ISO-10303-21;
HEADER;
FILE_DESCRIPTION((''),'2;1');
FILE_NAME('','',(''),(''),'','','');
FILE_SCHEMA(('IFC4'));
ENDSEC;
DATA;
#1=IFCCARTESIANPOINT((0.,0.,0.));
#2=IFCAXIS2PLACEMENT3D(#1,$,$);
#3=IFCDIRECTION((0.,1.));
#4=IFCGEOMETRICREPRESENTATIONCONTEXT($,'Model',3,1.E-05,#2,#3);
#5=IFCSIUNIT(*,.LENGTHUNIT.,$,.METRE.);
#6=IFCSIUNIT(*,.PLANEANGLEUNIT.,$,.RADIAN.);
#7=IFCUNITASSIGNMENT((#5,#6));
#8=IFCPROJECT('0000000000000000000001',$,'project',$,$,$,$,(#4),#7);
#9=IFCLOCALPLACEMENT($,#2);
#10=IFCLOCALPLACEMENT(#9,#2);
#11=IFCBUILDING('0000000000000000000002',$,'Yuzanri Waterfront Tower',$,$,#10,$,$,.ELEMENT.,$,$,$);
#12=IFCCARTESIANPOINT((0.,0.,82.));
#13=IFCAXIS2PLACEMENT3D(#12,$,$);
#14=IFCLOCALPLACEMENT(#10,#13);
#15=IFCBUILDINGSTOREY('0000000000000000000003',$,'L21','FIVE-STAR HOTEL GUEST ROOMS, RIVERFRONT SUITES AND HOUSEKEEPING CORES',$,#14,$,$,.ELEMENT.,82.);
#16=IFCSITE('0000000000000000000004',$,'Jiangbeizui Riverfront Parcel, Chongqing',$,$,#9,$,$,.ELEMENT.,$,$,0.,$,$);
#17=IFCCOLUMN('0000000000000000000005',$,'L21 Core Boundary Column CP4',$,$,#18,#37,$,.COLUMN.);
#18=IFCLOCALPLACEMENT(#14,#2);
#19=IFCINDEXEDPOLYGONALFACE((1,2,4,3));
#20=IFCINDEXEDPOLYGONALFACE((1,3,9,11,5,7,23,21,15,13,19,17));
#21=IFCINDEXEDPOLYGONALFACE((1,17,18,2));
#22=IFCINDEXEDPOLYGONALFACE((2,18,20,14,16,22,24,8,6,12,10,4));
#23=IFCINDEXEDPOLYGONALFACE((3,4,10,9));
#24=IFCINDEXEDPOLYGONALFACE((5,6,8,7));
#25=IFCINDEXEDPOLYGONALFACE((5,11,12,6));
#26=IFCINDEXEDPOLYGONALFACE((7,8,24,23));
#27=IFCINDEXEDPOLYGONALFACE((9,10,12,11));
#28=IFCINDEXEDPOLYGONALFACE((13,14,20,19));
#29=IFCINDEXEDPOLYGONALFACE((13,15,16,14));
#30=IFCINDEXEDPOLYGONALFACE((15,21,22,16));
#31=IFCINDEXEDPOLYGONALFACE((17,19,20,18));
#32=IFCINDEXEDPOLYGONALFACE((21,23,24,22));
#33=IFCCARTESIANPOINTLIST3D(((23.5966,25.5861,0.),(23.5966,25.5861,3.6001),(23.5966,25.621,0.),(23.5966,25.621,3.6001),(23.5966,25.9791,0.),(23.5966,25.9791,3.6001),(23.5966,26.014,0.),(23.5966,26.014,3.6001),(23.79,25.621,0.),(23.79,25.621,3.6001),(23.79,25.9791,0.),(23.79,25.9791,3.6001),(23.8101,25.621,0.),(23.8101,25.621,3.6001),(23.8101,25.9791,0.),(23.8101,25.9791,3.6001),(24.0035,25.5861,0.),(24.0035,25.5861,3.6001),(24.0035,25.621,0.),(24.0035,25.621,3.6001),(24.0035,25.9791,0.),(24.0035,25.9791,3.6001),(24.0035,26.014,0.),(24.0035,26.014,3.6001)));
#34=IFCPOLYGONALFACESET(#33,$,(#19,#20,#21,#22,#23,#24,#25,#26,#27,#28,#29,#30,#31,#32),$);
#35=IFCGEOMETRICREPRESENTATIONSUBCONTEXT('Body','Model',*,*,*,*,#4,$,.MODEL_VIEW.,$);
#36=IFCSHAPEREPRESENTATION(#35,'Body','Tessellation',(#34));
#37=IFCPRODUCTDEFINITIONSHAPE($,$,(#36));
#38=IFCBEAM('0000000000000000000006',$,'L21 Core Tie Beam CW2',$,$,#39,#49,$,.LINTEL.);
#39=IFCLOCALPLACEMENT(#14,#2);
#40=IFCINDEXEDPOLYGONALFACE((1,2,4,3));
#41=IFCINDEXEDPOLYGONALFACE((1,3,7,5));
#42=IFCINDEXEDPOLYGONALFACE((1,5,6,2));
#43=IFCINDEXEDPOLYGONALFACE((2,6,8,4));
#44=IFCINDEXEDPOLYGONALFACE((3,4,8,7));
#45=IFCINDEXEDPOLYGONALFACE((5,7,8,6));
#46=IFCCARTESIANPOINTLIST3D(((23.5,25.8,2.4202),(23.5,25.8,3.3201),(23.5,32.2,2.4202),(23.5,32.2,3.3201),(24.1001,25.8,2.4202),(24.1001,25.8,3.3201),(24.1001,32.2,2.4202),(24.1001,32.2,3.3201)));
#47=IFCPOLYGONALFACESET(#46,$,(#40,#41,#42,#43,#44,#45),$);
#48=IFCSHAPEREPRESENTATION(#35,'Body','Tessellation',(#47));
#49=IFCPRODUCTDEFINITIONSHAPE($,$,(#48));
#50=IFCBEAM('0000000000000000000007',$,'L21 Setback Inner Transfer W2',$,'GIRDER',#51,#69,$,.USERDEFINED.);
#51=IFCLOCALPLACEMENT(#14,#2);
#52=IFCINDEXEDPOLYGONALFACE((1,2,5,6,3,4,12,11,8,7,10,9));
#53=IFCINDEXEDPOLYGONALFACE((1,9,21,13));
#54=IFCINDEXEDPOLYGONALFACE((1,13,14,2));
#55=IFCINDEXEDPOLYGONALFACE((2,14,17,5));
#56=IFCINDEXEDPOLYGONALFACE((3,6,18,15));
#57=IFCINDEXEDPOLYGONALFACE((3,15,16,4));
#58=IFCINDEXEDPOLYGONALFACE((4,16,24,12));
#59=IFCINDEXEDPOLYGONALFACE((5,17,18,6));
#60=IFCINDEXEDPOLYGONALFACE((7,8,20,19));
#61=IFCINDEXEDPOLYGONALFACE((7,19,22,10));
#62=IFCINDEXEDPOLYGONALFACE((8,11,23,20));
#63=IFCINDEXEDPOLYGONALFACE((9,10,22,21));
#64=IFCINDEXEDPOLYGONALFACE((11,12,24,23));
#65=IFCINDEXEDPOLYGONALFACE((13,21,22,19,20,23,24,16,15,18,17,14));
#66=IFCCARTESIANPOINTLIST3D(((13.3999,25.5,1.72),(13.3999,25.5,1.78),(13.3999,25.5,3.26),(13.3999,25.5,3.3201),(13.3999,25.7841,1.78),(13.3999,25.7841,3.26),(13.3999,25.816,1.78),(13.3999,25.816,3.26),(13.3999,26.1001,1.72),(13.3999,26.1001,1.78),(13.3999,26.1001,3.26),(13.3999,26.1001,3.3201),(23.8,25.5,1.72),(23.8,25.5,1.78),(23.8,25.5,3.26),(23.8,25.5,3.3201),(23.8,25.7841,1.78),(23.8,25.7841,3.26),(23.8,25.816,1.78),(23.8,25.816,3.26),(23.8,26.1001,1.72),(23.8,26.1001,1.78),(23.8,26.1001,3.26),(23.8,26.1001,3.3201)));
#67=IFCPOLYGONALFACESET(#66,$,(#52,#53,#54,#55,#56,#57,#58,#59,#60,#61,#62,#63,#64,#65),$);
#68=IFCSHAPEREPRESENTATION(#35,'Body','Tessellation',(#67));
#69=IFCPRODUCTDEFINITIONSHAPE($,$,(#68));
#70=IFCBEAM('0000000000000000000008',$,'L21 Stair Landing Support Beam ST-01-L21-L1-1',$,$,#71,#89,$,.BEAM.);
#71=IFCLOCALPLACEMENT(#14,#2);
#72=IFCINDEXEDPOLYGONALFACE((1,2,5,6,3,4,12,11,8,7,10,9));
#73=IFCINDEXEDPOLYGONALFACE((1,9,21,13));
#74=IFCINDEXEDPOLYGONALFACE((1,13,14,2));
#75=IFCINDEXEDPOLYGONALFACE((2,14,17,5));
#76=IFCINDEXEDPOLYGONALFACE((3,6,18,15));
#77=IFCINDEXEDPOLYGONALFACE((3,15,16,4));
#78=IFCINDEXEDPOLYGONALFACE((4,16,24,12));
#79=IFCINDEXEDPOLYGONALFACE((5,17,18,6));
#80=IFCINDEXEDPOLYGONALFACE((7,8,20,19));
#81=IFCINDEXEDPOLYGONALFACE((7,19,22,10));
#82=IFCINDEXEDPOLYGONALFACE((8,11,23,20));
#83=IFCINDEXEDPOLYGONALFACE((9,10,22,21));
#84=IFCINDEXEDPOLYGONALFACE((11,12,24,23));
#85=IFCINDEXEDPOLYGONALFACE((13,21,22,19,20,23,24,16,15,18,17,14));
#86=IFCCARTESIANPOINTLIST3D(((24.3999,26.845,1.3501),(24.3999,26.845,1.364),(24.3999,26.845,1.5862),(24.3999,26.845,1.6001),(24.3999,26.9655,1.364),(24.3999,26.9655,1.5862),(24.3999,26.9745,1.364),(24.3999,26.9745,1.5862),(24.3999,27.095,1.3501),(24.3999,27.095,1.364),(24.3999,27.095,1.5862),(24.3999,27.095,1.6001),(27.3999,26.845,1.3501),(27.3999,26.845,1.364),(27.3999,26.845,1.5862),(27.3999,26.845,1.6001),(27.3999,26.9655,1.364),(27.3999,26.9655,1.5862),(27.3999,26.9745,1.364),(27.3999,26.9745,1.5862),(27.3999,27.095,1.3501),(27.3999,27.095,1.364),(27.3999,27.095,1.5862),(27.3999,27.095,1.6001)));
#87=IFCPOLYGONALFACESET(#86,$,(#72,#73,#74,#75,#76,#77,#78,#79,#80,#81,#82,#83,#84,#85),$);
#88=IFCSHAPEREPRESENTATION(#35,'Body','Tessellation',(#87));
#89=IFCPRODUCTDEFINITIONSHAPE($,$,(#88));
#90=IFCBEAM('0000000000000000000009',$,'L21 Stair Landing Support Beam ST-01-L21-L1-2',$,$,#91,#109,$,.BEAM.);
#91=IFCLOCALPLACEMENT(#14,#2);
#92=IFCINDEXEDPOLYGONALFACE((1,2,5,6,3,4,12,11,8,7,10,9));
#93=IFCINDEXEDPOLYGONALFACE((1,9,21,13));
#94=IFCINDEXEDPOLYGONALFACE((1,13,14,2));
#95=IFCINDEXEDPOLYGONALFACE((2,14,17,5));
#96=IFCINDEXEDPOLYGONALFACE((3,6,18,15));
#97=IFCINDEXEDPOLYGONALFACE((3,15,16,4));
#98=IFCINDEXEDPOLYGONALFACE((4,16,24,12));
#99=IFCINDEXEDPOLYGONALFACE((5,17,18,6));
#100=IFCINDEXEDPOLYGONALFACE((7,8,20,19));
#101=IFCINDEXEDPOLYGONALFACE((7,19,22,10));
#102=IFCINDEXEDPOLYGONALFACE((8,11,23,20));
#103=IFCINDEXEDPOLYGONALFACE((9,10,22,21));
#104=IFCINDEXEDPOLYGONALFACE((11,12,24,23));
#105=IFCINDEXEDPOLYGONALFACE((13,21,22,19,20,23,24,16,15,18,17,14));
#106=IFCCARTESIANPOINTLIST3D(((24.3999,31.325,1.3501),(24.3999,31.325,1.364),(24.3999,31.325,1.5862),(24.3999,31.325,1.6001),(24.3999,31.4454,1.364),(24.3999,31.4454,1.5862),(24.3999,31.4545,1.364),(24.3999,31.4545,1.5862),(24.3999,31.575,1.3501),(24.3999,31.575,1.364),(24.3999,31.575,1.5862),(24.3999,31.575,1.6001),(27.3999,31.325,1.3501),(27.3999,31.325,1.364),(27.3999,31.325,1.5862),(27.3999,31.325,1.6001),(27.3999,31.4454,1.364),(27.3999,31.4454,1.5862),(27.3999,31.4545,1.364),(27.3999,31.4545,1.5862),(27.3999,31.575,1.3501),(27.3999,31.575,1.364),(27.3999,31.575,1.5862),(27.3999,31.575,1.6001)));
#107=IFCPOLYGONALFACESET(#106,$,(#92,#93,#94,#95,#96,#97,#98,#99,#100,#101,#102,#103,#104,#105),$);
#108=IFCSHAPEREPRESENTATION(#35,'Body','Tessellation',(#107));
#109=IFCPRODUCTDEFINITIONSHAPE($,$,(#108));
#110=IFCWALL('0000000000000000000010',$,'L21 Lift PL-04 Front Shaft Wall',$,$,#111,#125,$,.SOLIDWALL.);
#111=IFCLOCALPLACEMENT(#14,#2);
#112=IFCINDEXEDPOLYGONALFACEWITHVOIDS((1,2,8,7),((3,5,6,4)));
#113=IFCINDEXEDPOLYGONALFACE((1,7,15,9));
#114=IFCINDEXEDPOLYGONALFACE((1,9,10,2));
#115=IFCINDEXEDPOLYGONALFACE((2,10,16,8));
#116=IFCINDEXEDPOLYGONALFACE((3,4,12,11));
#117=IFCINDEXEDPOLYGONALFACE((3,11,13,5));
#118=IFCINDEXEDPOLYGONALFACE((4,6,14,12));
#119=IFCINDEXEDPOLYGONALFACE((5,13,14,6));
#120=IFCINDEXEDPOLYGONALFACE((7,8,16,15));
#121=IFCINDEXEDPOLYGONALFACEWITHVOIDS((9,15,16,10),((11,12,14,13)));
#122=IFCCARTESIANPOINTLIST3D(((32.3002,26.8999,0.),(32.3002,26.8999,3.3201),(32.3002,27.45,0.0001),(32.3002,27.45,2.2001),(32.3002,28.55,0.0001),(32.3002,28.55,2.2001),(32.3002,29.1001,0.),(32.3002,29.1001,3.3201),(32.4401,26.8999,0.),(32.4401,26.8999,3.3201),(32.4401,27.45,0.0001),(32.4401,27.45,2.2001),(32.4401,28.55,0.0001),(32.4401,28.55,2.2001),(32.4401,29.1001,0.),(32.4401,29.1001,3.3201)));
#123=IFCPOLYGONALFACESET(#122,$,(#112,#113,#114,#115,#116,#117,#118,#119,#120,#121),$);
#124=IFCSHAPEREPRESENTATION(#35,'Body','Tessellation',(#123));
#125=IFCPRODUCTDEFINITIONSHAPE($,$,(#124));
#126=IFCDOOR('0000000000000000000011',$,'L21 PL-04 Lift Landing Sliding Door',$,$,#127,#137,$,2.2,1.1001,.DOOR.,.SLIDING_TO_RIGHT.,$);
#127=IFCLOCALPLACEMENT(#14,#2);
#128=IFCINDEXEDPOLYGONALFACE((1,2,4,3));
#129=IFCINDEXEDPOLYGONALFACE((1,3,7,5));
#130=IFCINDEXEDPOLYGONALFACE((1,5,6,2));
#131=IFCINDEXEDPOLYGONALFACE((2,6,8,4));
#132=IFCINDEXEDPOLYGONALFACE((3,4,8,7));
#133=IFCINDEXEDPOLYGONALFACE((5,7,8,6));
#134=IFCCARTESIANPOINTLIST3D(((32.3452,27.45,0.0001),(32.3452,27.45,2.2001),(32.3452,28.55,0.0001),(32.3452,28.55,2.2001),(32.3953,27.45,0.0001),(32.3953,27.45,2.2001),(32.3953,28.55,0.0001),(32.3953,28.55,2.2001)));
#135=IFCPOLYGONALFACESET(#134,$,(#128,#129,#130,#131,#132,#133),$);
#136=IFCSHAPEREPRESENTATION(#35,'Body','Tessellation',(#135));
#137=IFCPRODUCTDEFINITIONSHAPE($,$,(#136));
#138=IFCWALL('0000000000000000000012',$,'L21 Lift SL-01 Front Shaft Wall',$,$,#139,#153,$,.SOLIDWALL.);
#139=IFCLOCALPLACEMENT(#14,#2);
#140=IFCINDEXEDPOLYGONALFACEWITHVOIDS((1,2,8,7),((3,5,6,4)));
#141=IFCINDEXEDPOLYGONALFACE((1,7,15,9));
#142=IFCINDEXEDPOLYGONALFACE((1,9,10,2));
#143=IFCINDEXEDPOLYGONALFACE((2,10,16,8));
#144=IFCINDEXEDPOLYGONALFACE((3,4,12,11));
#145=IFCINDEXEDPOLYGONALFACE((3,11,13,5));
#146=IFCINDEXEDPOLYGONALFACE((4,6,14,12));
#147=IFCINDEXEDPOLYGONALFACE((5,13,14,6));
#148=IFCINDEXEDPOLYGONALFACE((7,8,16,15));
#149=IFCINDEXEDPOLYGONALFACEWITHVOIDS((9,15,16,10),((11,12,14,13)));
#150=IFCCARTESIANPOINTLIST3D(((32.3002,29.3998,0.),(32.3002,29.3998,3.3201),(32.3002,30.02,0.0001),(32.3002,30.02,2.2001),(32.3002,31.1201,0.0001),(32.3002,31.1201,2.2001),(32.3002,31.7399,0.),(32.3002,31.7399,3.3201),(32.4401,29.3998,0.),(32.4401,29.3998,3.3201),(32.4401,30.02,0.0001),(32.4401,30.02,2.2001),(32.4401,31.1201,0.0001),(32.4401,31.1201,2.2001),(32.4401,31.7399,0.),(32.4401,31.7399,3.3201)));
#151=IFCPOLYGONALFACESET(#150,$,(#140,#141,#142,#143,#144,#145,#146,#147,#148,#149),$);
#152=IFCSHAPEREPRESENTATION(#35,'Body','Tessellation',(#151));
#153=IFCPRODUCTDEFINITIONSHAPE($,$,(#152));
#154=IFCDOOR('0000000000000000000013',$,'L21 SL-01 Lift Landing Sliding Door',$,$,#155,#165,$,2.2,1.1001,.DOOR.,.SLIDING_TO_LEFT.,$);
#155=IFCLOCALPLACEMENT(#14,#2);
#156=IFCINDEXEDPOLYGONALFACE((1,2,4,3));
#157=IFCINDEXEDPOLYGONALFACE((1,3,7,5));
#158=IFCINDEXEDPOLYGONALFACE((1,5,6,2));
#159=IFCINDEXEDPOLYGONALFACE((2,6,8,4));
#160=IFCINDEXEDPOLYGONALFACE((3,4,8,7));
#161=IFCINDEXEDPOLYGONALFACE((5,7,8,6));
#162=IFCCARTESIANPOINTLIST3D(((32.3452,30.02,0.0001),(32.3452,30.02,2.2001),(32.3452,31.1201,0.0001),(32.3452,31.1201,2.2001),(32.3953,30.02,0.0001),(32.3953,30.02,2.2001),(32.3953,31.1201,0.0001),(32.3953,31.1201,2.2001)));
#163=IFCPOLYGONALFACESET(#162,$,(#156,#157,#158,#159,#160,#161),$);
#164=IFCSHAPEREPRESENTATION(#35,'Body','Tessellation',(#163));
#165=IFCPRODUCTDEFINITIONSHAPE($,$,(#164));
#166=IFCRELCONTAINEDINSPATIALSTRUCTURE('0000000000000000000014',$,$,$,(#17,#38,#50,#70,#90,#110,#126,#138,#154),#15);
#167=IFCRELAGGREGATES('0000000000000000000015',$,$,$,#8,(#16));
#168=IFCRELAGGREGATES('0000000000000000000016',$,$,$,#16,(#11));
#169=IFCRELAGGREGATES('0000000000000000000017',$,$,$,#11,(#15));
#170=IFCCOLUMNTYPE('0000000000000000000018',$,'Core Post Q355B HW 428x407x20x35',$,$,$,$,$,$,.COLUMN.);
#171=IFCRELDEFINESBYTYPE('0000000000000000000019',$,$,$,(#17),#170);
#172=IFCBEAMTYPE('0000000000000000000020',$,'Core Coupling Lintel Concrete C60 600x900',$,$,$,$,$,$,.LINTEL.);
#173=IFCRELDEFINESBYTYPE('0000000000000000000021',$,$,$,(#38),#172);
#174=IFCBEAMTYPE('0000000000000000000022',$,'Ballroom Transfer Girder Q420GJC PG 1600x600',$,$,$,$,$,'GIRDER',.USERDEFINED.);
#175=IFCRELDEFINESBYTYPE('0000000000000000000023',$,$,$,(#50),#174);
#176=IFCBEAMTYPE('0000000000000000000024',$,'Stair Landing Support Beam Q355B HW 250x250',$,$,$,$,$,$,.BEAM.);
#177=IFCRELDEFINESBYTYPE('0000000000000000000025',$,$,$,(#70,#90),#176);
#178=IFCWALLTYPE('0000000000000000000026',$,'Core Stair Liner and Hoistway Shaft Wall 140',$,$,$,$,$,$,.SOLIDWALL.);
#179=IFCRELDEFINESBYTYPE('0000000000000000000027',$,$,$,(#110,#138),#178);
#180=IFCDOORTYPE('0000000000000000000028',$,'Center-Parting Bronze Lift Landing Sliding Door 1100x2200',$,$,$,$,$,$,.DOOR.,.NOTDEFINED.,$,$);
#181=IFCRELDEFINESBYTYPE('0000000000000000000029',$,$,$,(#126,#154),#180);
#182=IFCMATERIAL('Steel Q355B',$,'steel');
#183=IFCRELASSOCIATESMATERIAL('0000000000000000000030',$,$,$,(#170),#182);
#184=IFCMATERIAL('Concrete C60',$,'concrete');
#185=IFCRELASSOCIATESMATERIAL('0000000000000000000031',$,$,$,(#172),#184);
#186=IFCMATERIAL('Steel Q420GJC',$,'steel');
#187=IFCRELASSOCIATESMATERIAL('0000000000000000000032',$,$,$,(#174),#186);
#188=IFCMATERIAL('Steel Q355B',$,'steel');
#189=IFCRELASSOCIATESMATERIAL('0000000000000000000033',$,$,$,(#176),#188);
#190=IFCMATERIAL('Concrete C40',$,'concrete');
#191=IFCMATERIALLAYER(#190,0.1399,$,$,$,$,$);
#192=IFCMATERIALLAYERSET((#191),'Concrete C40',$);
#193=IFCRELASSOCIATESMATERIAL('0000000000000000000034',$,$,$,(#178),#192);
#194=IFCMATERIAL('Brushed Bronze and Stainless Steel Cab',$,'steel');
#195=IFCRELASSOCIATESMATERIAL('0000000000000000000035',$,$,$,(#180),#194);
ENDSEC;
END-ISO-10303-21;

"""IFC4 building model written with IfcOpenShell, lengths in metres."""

from ifc_helpers import new_model, si_unit, direction, frame, frame_2d, origin, origin_2d, place, context, subcontext, project, spatial, rectangle, i_section, extrude, source, transform, mapped, material, layer, layer_set, material_profile, profile_set, type_object, element, fill, save


model = new_model("IFC4")

# Units and contexts
model_context = context("Model", 3, precision=1e-05, world=origin(), true_north=direction((0.0, 1.0)))
body_context = subcontext(model_context, "Body", "Model", "MODEL_VIEW")
ifc_project = project(units=[si_unit("LENGTHUNIT", "METRE"), si_unit("PLANEANGLEUNIT", "RADIAN")], contexts=[model_context])

# Site, building, storey
site_placement = place(None, origin())
site = spatial("IfcSite", under=ifc_project, at=site_placement, Name="Jiangbeizui Riverfront Parcel, Chongqing", CompositionType="ELEMENT", RefElevation=0.0)
building_placement = place(site_placement, origin())
building = spatial("IfcBuilding", under=site, at=building_placement, Name="Yuzanri Waterfront Tower", CompositionType="ELEMENT")
storey_placement = place(building_placement, frame((0.0, 0.0, 82.0)))
storey = spatial("IfcBuildingStorey", under=building, at=storey_placement, Name="L21", Description="FIVE-STAR HOTEL GUEST ROOMS, RIVERFRONT SUITES AND HOUSEKEEPING CORES", CompositionType="ELEMENT", Elevation=82.0)

# Column
ifc_material_1 = material(Name="Steel Q355B", Category="steel")
ifc_material_profile_1 = material_profile(ifc_material_1, i_section(OverallWidth=0.407, OverallDepth=0.428, WebThickness=0.02, FlangeThickness=0.0349, at=origin_2d()), Name="HW 428x407x20x35")
ifc_profile_set_1 = profile_set([ifc_material_profile_1], Name="Steel Q355B")
column_type = type_object("IfcColumnType", Name="Core Post Q355B HW 428x407x20x35", PredefinedType="COLUMN", material=ifc_profile_set_1)
shared_shape_1 = source(origin(), body_context, "Body", "SweptSolid", [
    extrude(i_section(OverallWidth=0.407, OverallDepth=0.428, WebThickness=0.02, FlangeThickness=0.0349, at=origin_2d()), origin(), (0.0, 0.0, 1.0), 3.6001),
])
column_placement = place(storey_placement, frame((23.8, 25.8, 0.0), z_axis=(0.0, 0.0, 1.0), x_axis=(1.0, 0.0, 0.0)))
element("IfcColumn", 1, at=column_placement, inside=storey, type_object=column_type, Name="L21 Core Boundary Column CP4", PredefinedType="COLUMN", context=body_context, shape_type="MappedRepresentation", body=[
    mapped(shared_shape_1, transform((0.0, 0.0, 0.0), scale=1.0)),
])

# Beams
ifc_material_2 = material(Name="Concrete C60", Category="concrete")
ifc_material_profile_2 = material_profile(ifc_material_2, rectangle(XDim=0.6001, YDim=0.8999, at=origin_2d()), Name="RC 600x900")
ifc_profile_set_2 = profile_set([ifc_material_profile_2], Name="Concrete C60")
beam_type_1 = type_object("IfcBeamType", Name="Core Coupling Lintel Concrete C60 600x900", PredefinedType="LINTEL", material=ifc_profile_set_2)
shared_shape_2 = source(origin(), body_context, "Body", "SweptSolid", [
    extrude(rectangle(XDim=0.6001, YDim=0.8999, at=origin_2d()), origin(), (0.0, 0.0, 1.0), 6.3999),
])
beam_1_placement = place(storey_placement, frame((23.8, 25.8, 2.8701), z_axis=(0.0, 1.0, 0.0), x_axis=(-1.0, 0.0, 0.0)))
element("IfcBeam", 2, at=beam_1_placement, inside=storey, type_object=beam_type_1, Name="L21 Core Tie Beam CW2", PredefinedType="LINTEL", context=body_context, shape_type="MappedRepresentation", body=[
    mapped(shared_shape_2, transform((0.0, 0.0, 0.0), scale=1.0)),
])
ifc_material_3 = material(Name="Steel Q420GJC", Category="steel")
ifc_material_profile_3 = material_profile(ifc_material_3, i_section(OverallWidth=0.6001, OverallDepth=1.6001, WebThickness=0.032, FlangeThickness=0.0601, at=origin_2d()), Name="PG 1600x600x32x60")
ifc_profile_set_3 = profile_set([ifc_material_profile_3], Name="Steel Q420GJC")
beam_type_2 = type_object("IfcBeamType", Name="Ballroom Transfer Girder Q420GJC PG 1600x600", ElementType="GIRDER", PredefinedType="USERDEFINED", material=ifc_profile_set_3)
shared_shape_3 = source(origin(), body_context, "Body", "SweptSolid", [
    extrude(i_section(OverallWidth=0.6001, OverallDepth=1.6001, WebThickness=0.032, FlangeThickness=0.0601, at=origin_2d()), origin(), (0.0, 0.0, 1.0), 10.4001),
])
beam_2_placement = place(storey_placement, frame((23.8, 25.8, 2.52), z_axis=(-1.0, 0.0, 0.0), x_axis=(0.0, -1.0, 0.0)))
element("IfcBeam", 3, at=beam_2_placement, inside=storey, type_object=beam_type_2, Name="L21 Setback Inner Transfer W2", ObjectType="GIRDER", PredefinedType="USERDEFINED", context=body_context, shape_type="MappedRepresentation", body=[
    mapped(shared_shape_3, transform((0.0, 0.0, 0.0), scale=1.0)),
])
ifc_material_4 = material(Name="Steel Q355B", Category="steel")
ifc_material_profile_4 = material_profile(ifc_material_4, i_section(OverallWidth=0.25, OverallDepth=0.25, WebThickness=0.009, FlangeThickness=0.0139, at=origin_2d()), Name="HW 250x250x9x14")
ifc_profile_set_4 = profile_set([ifc_material_profile_4], Name="Steel Q355B")
beam_type_3 = type_object("IfcBeamType", Name="Stair Landing Support Beam Q355B HW 250x250", PredefinedType="BEAM", material=ifc_profile_set_4)
shared_shape_4 = source(origin(), body_context, "Body", "SweptSolid", [
    extrude(i_section(OverallWidth=0.25, OverallDepth=0.25, WebThickness=0.009, FlangeThickness=0.0139, at=origin_2d()), origin(), (0.0, 0.0, 1.0), 3.0),
])
for number, where, z_axis, x_axis, name in (
    (4, (24.3999, 26.97, 1.4751), (1.0, 0.0, 0.0), (0.0, 1.0, 0.0), "L21 Stair Landing Support Beam ST-01-L21-L1-1"),
    (5, (24.3999, 31.45, 1.4751), (1.0, 0.0, 0.0), (0.0, 1.0, 0.0), "L21 Stair Landing Support Beam ST-01-L21-L1-2"),
):
    element("IfcBeam", number, at=place(storey_placement, frame(where, z_axis=z_axis, x_axis=x_axis)), inside=storey, type_object=beam_type_3, Name=name, PredefinedType="BEAM", context=body_context, shape_type="MappedRepresentation", body=[
        mapped(shared_shape_4, transform((0.0, 0.0, 0.0), scale=1.0)),
    ])

# Walls, openings, doors
ifc_material_5 = material(Name="Concrete C40", Category="concrete")
ifc_layer_1 = layer(ifc_material_5, 0.1399)
ifc_layer_set_1 = layer_set([ifc_layer_1], Name="Concrete C40")
wall_type_1 = type_object("IfcWallType", Name="Core Stair Liner and Hoistway Shaft Wall 140", PredefinedType="SOLIDWALL", material=ifc_layer_set_1)
wall_1_placement = place(storey_placement, frame((32.3701, 26.8999, 0.0), z_axis=(0.0, 0.0, 1.0), x_axis=(0.0, 1.0, 0.0)))
wall_1 = element("IfcWall", 6, at=wall_1_placement, inside=storey, type_object=wall_type_1, Name="L21 Lift PL-04 Front Shaft Wall", PredefinedType="SOLIDWALL", context=body_context, shape_type="SweptSolid", body=[
    extrude(rectangle(XDim=2.2002, YDim=0.1399, at=frame_2d((1.1001, 0.0))), origin(), (0.0, 0.0, 1.0), 3.3201),
])
opening_1_placement = place(wall_1_placement, frame((0.55, 0.0, 0.0)))
opening_1 = element("IfcOpeningElement", 7, at=opening_1_placement, cuts=wall_1, PredefinedType="OPENING", context=body_context, shape_type="SweptSolid", body=[
    extrude(rectangle(XDim=1.1001, YDim=2.2, at=frame_2d((0.55, 1.1001))), frame((0.0, 0.085, 0.0), z_axis=(0.0, -1.0, 0.0), x_axis=(1.0, 0.0, 0.0)), (0.0, 0.0, 1.0), 0.1697),
])
ifc_material_6 = material(Name="Brushed Bronze and Stainless Steel Cab", Category="steel")
door_type_1 = type_object("IfcDoorType", Name="Center-Parting Bronze Lift Landing Sliding Door 1100x2200", OperationType="NOTDEFINED", PredefinedType="DOOR", material=ifc_material_6)
shared_shape_5 = source(origin(), body_context, "Body", "SweptSolid", [
    extrude(rectangle(XDim=1.1001, YDim=2.2, at=frame_2d((0.55, 1.1001))), frame((0.0, 0.0249, 0.0), z_axis=(0.0, -1.0, 0.0), x_axis=(1.0, 0.0, 0.0)), (0.0, 0.0, 1.0), 0.05),
])
door_1_placement = place(opening_1_placement, origin())
door_1 = element("IfcDoor", 8, at=door_1_placement, inside=storey, type_object=door_type_1, Name="L21 PL-04 Lift Landing Sliding Door", OperationType="SLIDING_TO_RIGHT", OverallHeight=2.2, OverallWidth=1.1001, PredefinedType="DOOR", context=body_context, shape_type="MappedRepresentation", body=[
    mapped(shared_shape_5, transform((0.0, 0.0, 0.0), scale=1.0)),
])
fill(opening_1, door_1)
wall_2_placement = place(storey_placement, frame((32.3701, 29.3999, 0.0), z_axis=(0.0, 0.0, 1.0), x_axis=(0.0, 1.0, 0.0)))
wall_2 = element("IfcWall", 9, at=wall_2_placement, inside=storey, type_object=wall_type_1, Name="L21 Lift SL-01 Front Shaft Wall", PredefinedType="SOLIDWALL", context=body_context, shape_type="SweptSolid", body=[
    extrude(rectangle(XDim=2.3401, YDim=0.1399, at=frame_2d((1.1699, 0.0))), origin(), (0.0, 0.0, 1.0), 3.3201),
])
opening_2_placement = place(wall_2_placement, frame((0.6201, 0.0, 0.0)))
opening_2 = element("IfcOpeningElement", 10, at=opening_2_placement, cuts=wall_2, PredefinedType="OPENING", context=body_context, shape_type="SweptSolid", body=[
    extrude(rectangle(XDim=1.1001, YDim=2.2, at=frame_2d((0.55, 1.1001))), frame((0.0, 0.085, 0.0), z_axis=(0.0, -1.0, 0.0), x_axis=(1.0, 0.0, 0.0)), (0.0, 0.0, 1.0), 0.1697),
])
door_2_placement = place(opening_2_placement, origin())
door_2 = element("IfcDoor", 11, at=door_2_placement, inside=storey, type_object=door_type_1, Name="L21 SL-01 Lift Landing Sliding Door", OperationType="SLIDING_TO_LEFT", OverallHeight=2.2, OverallWidth=1.1001, PredefinedType="DOOR", context=body_context, shape_type="MappedRepresentation", body=[
    mapped(shared_shape_5, transform((0.0, 0.0, 0.0), scale=1.0)),
])
fill(opening_2, door_2)

save(model, "model.ifc")
